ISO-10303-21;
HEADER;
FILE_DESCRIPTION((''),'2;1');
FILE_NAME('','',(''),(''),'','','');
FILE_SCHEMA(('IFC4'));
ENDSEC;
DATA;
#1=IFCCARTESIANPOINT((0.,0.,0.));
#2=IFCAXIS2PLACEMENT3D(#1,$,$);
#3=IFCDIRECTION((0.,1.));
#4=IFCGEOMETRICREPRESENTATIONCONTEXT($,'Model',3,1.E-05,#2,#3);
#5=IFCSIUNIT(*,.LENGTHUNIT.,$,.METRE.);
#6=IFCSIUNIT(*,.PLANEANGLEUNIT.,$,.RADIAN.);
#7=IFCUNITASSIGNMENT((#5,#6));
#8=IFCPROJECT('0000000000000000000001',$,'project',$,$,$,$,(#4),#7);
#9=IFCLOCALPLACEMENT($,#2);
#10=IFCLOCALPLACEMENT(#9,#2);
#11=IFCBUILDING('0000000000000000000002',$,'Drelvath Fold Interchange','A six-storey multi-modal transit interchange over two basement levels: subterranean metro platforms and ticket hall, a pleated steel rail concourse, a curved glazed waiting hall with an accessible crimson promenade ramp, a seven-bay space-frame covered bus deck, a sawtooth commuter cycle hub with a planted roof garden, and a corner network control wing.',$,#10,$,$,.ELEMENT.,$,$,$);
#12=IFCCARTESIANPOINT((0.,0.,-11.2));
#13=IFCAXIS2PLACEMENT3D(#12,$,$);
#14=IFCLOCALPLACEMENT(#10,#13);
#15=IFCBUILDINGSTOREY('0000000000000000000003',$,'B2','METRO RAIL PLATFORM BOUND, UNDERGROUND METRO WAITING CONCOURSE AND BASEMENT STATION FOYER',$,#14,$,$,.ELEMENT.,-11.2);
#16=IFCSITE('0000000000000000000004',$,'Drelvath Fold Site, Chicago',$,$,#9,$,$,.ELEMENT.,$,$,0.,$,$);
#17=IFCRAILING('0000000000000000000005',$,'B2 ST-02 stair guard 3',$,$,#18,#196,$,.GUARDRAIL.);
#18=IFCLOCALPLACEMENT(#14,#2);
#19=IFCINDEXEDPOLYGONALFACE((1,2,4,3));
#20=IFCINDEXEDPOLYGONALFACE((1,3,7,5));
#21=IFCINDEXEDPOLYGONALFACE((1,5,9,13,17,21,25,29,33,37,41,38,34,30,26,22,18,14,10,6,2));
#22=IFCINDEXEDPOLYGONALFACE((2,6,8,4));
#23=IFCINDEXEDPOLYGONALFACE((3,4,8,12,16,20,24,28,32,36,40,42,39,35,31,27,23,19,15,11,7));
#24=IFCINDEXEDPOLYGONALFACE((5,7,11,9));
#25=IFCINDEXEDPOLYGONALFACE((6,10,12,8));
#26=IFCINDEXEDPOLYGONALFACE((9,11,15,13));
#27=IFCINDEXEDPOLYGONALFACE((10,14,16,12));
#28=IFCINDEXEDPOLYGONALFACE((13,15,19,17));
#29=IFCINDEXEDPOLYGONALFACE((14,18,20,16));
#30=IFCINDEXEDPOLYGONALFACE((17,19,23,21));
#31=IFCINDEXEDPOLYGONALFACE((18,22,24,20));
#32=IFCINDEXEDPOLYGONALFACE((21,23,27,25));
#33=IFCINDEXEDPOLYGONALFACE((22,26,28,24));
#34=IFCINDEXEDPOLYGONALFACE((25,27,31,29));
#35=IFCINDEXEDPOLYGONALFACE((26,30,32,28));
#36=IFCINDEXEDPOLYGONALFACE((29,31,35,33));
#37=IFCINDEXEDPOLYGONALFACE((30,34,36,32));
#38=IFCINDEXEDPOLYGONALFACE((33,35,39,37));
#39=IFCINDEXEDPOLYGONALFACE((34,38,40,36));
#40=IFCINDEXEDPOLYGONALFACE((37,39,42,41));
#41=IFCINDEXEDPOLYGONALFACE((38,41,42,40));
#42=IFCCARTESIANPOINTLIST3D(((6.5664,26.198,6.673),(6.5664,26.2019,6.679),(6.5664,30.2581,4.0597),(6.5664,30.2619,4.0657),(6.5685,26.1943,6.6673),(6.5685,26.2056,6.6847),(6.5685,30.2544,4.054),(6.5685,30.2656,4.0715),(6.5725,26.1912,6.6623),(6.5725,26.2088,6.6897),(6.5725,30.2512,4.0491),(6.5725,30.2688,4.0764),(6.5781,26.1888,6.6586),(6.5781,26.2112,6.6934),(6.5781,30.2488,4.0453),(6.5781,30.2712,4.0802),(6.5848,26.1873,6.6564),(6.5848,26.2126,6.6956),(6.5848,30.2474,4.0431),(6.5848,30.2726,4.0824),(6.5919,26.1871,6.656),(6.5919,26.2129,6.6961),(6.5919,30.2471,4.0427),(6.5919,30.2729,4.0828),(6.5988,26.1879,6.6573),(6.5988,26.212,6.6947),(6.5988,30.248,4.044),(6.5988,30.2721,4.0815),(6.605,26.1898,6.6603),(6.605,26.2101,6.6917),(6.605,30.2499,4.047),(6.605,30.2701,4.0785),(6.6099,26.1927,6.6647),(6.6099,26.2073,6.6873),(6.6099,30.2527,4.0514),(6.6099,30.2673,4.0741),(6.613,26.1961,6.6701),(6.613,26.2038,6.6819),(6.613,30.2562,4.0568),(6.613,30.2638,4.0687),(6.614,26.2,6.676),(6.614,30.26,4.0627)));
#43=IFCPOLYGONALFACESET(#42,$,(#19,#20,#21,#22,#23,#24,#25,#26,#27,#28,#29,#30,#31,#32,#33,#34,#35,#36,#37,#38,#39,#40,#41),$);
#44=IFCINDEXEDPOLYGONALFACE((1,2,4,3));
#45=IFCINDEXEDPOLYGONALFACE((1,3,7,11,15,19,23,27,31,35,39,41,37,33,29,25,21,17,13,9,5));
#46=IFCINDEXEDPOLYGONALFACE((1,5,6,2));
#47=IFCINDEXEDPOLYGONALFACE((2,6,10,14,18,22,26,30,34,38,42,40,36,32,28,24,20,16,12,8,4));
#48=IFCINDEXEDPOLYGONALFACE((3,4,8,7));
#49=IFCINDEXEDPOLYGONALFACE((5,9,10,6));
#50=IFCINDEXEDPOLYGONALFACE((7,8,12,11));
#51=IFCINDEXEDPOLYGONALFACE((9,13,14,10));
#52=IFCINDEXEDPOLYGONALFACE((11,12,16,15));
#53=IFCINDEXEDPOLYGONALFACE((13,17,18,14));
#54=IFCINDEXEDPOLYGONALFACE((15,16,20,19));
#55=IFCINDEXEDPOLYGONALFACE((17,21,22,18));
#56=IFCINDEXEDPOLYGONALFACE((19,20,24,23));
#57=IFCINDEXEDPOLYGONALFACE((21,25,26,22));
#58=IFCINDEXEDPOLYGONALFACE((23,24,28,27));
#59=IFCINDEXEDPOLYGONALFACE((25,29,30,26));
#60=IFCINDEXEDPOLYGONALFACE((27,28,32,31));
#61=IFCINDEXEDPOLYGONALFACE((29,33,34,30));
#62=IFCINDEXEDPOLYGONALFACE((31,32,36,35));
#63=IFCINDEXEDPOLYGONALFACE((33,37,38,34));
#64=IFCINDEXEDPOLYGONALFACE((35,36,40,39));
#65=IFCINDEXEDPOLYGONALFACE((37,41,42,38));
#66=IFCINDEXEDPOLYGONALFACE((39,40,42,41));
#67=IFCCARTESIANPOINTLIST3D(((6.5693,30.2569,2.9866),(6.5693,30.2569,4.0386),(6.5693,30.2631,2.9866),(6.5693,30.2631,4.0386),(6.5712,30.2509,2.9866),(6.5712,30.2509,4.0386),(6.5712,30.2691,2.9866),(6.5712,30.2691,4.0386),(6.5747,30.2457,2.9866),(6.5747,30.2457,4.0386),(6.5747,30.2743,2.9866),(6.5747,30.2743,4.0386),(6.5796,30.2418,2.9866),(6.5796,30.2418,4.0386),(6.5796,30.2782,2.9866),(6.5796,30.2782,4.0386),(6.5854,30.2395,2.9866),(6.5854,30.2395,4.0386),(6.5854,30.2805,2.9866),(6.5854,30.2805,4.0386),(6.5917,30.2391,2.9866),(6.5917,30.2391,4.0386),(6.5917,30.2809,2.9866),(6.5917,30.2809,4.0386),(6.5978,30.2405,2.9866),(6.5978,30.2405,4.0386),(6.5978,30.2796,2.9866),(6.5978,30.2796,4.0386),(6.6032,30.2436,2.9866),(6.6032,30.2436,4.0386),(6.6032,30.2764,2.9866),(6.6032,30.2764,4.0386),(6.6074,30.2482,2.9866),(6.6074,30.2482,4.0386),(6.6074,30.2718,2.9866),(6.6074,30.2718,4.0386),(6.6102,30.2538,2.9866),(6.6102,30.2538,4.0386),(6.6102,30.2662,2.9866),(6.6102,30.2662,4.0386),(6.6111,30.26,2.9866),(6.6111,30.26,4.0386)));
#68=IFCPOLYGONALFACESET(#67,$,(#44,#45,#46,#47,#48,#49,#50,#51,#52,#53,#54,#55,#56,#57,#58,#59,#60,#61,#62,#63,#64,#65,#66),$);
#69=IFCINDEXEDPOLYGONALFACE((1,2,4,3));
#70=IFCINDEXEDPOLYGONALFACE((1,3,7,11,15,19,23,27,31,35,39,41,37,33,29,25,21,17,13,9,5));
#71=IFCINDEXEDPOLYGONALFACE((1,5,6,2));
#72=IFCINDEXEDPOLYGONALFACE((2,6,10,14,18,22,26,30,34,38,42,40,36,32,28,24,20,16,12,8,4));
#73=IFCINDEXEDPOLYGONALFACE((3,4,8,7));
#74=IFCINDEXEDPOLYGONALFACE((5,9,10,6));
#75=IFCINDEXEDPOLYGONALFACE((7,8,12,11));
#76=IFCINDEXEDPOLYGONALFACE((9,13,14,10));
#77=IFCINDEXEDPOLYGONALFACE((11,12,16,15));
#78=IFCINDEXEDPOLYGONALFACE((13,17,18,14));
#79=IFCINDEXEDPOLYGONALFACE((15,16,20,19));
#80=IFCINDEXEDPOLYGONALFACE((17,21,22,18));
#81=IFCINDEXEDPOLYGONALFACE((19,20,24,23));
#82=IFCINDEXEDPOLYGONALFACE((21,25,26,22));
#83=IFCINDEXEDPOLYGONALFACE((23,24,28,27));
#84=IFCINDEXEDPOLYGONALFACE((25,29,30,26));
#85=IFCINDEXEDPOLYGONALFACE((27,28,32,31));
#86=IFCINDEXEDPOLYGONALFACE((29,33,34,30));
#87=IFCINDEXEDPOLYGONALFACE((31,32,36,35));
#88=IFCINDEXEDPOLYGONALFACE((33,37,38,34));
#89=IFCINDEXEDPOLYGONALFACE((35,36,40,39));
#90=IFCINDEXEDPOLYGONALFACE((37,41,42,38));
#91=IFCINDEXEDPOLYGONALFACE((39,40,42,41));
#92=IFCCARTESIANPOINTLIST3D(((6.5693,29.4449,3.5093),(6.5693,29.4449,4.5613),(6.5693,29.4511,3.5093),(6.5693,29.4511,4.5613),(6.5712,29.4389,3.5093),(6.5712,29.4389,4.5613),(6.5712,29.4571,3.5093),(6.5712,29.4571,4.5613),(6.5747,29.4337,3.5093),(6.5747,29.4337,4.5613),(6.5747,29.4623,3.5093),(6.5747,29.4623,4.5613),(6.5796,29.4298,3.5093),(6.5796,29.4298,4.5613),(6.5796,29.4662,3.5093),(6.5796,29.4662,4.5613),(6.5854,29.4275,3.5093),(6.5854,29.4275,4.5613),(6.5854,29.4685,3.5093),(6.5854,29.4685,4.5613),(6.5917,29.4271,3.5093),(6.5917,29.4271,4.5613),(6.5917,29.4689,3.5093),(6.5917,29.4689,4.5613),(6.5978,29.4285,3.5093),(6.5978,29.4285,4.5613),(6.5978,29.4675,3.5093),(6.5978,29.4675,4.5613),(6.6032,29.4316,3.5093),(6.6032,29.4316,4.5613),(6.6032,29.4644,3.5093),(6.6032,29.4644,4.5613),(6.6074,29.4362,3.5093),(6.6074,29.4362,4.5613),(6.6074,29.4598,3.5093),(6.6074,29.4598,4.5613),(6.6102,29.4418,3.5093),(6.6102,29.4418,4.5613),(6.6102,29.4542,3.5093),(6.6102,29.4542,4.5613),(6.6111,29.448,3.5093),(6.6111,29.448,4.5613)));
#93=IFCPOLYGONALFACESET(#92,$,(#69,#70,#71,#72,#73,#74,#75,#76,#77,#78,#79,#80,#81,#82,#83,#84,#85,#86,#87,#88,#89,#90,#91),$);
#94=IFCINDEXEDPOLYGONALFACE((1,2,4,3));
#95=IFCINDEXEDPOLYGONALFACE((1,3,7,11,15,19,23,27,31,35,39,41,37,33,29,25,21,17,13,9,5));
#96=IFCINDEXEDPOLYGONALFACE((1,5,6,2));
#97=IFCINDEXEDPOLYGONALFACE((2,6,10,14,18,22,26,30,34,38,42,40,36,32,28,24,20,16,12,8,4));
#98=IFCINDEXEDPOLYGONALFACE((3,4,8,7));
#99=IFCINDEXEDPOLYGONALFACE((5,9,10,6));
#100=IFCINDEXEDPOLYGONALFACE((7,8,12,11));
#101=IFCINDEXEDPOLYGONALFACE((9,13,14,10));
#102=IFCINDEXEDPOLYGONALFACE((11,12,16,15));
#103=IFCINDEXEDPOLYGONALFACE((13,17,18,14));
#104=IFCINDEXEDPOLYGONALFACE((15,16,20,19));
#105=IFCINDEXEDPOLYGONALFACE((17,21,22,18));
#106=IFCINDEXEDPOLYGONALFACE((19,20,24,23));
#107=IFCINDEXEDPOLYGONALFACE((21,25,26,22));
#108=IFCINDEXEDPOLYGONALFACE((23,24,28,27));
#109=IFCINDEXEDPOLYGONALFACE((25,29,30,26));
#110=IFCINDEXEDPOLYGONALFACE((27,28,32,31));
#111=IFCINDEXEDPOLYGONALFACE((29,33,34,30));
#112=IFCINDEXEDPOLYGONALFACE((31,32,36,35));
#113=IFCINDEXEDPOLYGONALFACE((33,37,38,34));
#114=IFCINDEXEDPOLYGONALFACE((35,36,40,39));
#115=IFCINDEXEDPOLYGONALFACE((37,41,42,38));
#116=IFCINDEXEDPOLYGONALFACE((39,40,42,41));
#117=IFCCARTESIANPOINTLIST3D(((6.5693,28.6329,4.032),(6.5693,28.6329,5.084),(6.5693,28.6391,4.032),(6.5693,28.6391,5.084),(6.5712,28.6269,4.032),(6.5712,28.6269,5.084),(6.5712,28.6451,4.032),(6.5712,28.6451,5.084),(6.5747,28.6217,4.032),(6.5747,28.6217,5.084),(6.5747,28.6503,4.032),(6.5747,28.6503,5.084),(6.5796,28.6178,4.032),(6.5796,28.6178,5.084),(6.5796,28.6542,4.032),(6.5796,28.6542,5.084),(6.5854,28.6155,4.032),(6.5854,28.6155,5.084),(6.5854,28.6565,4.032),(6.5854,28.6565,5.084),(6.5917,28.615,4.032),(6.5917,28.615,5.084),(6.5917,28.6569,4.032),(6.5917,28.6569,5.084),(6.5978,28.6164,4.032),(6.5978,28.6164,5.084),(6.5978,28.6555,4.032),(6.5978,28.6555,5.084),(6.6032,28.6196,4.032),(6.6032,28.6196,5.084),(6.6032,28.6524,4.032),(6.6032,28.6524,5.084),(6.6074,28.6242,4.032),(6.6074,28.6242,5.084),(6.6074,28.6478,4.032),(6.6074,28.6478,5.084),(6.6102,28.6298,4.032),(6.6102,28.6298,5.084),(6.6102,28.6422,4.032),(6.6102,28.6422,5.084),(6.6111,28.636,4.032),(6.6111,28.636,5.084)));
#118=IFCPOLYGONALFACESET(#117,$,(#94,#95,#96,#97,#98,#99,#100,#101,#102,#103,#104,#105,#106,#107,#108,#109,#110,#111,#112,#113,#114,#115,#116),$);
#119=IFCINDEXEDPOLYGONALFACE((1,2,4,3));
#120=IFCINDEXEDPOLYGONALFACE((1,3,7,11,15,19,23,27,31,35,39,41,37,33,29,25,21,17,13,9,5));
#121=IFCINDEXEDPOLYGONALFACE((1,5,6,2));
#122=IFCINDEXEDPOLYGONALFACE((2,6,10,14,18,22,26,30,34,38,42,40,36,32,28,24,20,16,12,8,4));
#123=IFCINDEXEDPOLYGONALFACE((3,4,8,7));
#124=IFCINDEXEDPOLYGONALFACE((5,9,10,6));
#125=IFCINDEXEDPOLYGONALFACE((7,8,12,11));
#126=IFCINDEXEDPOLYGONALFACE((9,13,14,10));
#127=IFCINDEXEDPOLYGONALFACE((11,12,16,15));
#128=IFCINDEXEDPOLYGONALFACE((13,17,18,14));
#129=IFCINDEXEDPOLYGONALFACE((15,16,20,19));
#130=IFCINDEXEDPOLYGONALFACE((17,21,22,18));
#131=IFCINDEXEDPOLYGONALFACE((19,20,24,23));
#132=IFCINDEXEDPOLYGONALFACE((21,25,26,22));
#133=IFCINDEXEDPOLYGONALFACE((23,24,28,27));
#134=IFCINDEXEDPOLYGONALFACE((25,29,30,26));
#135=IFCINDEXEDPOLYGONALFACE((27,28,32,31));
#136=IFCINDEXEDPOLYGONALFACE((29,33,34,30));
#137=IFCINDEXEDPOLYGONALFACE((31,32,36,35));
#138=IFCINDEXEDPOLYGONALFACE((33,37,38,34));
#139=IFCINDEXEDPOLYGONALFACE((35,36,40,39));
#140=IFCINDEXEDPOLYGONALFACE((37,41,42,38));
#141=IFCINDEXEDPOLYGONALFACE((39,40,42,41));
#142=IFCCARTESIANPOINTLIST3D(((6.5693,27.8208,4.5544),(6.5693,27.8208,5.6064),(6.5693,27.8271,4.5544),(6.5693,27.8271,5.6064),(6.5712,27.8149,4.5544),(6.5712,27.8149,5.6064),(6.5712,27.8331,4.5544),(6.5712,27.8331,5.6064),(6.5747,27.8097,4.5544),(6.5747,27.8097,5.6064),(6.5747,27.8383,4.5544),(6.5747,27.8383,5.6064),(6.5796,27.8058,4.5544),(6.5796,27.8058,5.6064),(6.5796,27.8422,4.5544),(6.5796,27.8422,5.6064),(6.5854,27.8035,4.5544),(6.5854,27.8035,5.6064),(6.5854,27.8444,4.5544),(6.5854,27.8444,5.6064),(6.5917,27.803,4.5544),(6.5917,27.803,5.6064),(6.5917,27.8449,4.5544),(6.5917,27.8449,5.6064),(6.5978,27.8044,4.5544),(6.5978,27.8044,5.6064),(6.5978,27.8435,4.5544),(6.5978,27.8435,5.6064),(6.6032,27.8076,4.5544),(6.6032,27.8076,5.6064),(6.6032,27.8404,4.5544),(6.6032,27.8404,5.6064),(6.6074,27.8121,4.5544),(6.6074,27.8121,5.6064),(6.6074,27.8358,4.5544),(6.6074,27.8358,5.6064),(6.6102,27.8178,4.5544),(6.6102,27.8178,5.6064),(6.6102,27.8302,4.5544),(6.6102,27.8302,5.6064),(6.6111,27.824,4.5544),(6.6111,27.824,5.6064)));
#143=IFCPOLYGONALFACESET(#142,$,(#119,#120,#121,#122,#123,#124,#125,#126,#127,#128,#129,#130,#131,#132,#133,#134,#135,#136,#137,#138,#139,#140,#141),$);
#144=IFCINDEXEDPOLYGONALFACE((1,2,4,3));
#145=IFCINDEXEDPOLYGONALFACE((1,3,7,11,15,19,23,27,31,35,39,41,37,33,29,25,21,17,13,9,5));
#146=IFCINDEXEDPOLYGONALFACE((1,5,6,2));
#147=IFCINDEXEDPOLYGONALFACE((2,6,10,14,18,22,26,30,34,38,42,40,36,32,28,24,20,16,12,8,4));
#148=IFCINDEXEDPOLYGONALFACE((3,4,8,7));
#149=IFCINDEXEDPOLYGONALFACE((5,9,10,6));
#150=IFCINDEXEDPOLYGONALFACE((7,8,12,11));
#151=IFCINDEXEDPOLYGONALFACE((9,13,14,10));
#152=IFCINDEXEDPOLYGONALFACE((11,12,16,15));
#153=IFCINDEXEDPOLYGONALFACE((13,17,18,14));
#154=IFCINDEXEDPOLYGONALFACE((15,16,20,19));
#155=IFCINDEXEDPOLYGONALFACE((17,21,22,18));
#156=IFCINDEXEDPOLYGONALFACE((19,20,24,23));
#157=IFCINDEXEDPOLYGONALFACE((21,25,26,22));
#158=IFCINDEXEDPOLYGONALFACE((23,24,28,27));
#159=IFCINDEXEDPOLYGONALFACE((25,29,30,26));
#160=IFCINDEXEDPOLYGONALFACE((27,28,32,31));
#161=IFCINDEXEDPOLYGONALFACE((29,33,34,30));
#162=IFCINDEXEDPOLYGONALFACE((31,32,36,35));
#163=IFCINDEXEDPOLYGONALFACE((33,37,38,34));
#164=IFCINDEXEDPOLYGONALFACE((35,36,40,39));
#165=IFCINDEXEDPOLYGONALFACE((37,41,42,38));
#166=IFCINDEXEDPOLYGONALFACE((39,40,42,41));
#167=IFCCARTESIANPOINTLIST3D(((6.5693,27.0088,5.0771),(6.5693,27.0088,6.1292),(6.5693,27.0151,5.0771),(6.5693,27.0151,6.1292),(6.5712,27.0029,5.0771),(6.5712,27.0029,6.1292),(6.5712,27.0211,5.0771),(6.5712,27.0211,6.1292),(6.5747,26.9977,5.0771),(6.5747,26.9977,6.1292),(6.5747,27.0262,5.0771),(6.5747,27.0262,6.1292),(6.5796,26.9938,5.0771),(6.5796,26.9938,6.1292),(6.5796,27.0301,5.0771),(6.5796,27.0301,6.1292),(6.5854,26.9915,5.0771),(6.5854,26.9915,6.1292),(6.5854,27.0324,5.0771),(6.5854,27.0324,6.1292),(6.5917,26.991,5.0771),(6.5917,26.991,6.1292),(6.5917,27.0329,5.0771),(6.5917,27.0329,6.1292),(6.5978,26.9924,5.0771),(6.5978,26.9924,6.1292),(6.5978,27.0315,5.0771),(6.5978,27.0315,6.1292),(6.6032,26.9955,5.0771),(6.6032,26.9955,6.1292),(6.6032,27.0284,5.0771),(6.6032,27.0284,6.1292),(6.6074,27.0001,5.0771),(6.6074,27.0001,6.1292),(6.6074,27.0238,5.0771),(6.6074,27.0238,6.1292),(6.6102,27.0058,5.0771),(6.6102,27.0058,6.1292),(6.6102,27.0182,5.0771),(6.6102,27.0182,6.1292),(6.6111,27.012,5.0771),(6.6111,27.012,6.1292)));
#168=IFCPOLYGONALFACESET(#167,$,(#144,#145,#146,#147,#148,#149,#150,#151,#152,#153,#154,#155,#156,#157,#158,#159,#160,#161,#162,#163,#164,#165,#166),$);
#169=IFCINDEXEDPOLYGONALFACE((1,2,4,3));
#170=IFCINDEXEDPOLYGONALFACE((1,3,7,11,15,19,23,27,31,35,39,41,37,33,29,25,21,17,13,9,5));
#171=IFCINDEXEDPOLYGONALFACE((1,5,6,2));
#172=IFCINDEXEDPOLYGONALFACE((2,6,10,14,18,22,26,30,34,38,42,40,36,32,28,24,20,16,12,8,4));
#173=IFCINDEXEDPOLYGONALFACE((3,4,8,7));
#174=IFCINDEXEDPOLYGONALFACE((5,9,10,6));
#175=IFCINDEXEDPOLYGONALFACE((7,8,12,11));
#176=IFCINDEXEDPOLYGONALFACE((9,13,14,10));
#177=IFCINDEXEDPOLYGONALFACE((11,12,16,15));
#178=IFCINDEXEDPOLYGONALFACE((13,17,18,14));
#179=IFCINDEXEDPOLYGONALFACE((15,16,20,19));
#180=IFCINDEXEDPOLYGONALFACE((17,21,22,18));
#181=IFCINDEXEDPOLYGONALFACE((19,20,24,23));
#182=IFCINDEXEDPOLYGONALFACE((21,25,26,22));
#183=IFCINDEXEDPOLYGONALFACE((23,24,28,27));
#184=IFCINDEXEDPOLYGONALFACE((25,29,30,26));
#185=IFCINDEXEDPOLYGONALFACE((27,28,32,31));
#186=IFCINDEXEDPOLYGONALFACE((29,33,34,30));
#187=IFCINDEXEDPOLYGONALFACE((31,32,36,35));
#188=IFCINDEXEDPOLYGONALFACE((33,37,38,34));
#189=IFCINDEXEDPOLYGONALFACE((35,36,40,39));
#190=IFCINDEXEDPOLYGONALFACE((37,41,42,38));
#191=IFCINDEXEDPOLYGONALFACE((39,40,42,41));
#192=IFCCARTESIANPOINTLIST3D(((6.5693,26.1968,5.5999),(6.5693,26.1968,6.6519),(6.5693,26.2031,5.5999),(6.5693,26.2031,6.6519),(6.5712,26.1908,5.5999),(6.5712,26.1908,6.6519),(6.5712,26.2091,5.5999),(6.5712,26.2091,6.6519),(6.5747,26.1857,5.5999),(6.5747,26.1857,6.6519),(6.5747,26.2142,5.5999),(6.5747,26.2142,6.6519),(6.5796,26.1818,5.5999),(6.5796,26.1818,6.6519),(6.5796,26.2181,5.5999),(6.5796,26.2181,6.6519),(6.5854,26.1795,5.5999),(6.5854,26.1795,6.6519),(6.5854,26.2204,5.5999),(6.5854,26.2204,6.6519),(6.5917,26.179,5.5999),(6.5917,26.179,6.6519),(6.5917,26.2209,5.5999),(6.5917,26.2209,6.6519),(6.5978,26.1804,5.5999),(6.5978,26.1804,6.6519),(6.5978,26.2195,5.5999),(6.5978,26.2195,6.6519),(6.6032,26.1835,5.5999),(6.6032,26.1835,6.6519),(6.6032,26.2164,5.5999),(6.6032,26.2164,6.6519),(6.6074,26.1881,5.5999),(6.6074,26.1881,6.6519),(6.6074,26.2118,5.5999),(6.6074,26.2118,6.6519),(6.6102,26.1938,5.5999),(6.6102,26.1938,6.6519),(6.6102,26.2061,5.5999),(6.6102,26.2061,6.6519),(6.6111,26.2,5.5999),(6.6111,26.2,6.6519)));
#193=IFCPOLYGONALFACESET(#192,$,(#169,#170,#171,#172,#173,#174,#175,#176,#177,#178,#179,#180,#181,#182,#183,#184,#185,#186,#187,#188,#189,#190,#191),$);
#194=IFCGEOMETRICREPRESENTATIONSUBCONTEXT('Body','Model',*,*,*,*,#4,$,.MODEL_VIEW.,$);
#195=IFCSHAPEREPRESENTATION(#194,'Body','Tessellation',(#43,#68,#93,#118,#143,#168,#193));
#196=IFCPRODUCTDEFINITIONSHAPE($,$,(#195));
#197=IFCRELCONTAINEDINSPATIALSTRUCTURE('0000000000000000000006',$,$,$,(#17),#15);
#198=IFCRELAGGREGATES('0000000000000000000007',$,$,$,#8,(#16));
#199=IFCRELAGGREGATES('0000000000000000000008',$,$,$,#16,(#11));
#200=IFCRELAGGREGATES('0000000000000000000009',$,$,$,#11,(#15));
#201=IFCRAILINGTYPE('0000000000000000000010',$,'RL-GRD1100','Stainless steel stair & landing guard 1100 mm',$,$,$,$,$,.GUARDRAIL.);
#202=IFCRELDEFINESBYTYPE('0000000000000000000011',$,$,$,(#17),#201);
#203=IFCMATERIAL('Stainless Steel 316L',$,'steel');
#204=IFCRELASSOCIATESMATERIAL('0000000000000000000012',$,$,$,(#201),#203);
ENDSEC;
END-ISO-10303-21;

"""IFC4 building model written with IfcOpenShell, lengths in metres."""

from ifc_helpers import new_model, si_unit, direction, frame, origin, origin_2d, place, context, subcontext, project, spatial, circle, extrude, material, type_object, element, save


model = new_model("IFC4")

# Units and contexts
model_context = context("Model", 3, precision=1e-05, world=origin(), true_north=direction((0.0, 1.0)))
body_context = subcontext(model_context, "Body", "Model", "MODEL_VIEW")
ifc_project = project(units=[si_unit("LENGTHUNIT", "METRE"), si_unit("PLANEANGLEUNIT", "RADIAN")], contexts=[model_context])

# Site, building, storey
site_placement = place(None, origin())
site = spatial("IfcSite", under=ifc_project, at=site_placement, Name="Drelvath Fold Site, Chicago", CompositionType="ELEMENT", RefElevation=0.0)
building_placement = place(site_placement, origin())
building = spatial("IfcBuilding", under=site, at=building_placement, Name="Drelvath Fold Interchange", Description="A six-storey multi-modal transit interchange over two basement levels: subterranean metro platforms and ticket hall, a pleated steel rail concourse, a curved glazed waiting hall with an accessible crimson promenade ramp, a seven-bay space-frame covered bus deck, a sawtooth commuter cycle hub with a planted roof garden, and a corner network control wing.", CompositionType="ELEMENT")
storey_placement = place(building_placement, frame((0.0, 0.0, -11.2)))
storey = spatial("IfcBuildingStorey", under=building, at=storey_placement, Name="B2", Description="METRO RAIL PLATFORM BOUND, UNDERGROUND METRO WAITING CONCOURSE AND BASEMENT STATION FOYER", CompositionType="ELEMENT", Elevation=-11.2)

# Railing
ifc_material_1 = material(Name="Stainless Steel 316L", Category="steel")
railing_type_1 = type_object("IfcRailingType", Name="RL-GRD1100", Description="Stainless steel stair & landing guard 1100 mm", PredefinedType="GUARDRAIL", material=ifc_material_1)
railing_1_placement = place(storey_placement, frame((6.5901, 30.26, 2.9866)))
element("IfcRailing", 1, at=railing_1_placement, inside=storey, type_object=railing_type_1, Name="B2 ST-02 stair guard 3", PredefinedType="GUARDRAIL", context=body_context, shape_type="SweptSolid", body=[
    extrude(circle(Radius=0.0239, at=origin_2d()), frame((0.0, 0.0, 1.0762), z_axis=(0.0, -0.840873, 0.541233), x_axis=(1.0, 0.0, 0.0)), (0.0, 0.0, 1.0), 4.8284),
    extrude(circle(Radius=0.021, at=origin_2d()), origin(), (0.0, 0.0, 1.0), 1.052),
    extrude(circle(Radius=0.021, at=origin_2d()), frame((0.0, -0.812, 0.5227)), (0.0, 0.0, 1.0), 1.052),
    extrude(circle(Radius=0.021, at=origin_2d()), frame((0.0, -1.624, 1.0454)), (0.0, 0.0, 1.0), 1.052),
    extrude(circle(Radius=0.021, at=origin_2d()), frame((0.0, -2.436, 1.5679)), (0.0, 0.0, 1.0), 1.052),
    extrude(circle(Radius=0.021, at=origin_2d()), frame((0.0, -3.248, 2.0906)), (0.0, 0.0, 1.0), 1.052),
    extrude(circle(Radius=0.021, at=origin_2d()), frame((0.0, -4.0601, 2.6133)), (0.0, 0.0, 1.0), 1.052),
])

save(model, "model.ifc")
